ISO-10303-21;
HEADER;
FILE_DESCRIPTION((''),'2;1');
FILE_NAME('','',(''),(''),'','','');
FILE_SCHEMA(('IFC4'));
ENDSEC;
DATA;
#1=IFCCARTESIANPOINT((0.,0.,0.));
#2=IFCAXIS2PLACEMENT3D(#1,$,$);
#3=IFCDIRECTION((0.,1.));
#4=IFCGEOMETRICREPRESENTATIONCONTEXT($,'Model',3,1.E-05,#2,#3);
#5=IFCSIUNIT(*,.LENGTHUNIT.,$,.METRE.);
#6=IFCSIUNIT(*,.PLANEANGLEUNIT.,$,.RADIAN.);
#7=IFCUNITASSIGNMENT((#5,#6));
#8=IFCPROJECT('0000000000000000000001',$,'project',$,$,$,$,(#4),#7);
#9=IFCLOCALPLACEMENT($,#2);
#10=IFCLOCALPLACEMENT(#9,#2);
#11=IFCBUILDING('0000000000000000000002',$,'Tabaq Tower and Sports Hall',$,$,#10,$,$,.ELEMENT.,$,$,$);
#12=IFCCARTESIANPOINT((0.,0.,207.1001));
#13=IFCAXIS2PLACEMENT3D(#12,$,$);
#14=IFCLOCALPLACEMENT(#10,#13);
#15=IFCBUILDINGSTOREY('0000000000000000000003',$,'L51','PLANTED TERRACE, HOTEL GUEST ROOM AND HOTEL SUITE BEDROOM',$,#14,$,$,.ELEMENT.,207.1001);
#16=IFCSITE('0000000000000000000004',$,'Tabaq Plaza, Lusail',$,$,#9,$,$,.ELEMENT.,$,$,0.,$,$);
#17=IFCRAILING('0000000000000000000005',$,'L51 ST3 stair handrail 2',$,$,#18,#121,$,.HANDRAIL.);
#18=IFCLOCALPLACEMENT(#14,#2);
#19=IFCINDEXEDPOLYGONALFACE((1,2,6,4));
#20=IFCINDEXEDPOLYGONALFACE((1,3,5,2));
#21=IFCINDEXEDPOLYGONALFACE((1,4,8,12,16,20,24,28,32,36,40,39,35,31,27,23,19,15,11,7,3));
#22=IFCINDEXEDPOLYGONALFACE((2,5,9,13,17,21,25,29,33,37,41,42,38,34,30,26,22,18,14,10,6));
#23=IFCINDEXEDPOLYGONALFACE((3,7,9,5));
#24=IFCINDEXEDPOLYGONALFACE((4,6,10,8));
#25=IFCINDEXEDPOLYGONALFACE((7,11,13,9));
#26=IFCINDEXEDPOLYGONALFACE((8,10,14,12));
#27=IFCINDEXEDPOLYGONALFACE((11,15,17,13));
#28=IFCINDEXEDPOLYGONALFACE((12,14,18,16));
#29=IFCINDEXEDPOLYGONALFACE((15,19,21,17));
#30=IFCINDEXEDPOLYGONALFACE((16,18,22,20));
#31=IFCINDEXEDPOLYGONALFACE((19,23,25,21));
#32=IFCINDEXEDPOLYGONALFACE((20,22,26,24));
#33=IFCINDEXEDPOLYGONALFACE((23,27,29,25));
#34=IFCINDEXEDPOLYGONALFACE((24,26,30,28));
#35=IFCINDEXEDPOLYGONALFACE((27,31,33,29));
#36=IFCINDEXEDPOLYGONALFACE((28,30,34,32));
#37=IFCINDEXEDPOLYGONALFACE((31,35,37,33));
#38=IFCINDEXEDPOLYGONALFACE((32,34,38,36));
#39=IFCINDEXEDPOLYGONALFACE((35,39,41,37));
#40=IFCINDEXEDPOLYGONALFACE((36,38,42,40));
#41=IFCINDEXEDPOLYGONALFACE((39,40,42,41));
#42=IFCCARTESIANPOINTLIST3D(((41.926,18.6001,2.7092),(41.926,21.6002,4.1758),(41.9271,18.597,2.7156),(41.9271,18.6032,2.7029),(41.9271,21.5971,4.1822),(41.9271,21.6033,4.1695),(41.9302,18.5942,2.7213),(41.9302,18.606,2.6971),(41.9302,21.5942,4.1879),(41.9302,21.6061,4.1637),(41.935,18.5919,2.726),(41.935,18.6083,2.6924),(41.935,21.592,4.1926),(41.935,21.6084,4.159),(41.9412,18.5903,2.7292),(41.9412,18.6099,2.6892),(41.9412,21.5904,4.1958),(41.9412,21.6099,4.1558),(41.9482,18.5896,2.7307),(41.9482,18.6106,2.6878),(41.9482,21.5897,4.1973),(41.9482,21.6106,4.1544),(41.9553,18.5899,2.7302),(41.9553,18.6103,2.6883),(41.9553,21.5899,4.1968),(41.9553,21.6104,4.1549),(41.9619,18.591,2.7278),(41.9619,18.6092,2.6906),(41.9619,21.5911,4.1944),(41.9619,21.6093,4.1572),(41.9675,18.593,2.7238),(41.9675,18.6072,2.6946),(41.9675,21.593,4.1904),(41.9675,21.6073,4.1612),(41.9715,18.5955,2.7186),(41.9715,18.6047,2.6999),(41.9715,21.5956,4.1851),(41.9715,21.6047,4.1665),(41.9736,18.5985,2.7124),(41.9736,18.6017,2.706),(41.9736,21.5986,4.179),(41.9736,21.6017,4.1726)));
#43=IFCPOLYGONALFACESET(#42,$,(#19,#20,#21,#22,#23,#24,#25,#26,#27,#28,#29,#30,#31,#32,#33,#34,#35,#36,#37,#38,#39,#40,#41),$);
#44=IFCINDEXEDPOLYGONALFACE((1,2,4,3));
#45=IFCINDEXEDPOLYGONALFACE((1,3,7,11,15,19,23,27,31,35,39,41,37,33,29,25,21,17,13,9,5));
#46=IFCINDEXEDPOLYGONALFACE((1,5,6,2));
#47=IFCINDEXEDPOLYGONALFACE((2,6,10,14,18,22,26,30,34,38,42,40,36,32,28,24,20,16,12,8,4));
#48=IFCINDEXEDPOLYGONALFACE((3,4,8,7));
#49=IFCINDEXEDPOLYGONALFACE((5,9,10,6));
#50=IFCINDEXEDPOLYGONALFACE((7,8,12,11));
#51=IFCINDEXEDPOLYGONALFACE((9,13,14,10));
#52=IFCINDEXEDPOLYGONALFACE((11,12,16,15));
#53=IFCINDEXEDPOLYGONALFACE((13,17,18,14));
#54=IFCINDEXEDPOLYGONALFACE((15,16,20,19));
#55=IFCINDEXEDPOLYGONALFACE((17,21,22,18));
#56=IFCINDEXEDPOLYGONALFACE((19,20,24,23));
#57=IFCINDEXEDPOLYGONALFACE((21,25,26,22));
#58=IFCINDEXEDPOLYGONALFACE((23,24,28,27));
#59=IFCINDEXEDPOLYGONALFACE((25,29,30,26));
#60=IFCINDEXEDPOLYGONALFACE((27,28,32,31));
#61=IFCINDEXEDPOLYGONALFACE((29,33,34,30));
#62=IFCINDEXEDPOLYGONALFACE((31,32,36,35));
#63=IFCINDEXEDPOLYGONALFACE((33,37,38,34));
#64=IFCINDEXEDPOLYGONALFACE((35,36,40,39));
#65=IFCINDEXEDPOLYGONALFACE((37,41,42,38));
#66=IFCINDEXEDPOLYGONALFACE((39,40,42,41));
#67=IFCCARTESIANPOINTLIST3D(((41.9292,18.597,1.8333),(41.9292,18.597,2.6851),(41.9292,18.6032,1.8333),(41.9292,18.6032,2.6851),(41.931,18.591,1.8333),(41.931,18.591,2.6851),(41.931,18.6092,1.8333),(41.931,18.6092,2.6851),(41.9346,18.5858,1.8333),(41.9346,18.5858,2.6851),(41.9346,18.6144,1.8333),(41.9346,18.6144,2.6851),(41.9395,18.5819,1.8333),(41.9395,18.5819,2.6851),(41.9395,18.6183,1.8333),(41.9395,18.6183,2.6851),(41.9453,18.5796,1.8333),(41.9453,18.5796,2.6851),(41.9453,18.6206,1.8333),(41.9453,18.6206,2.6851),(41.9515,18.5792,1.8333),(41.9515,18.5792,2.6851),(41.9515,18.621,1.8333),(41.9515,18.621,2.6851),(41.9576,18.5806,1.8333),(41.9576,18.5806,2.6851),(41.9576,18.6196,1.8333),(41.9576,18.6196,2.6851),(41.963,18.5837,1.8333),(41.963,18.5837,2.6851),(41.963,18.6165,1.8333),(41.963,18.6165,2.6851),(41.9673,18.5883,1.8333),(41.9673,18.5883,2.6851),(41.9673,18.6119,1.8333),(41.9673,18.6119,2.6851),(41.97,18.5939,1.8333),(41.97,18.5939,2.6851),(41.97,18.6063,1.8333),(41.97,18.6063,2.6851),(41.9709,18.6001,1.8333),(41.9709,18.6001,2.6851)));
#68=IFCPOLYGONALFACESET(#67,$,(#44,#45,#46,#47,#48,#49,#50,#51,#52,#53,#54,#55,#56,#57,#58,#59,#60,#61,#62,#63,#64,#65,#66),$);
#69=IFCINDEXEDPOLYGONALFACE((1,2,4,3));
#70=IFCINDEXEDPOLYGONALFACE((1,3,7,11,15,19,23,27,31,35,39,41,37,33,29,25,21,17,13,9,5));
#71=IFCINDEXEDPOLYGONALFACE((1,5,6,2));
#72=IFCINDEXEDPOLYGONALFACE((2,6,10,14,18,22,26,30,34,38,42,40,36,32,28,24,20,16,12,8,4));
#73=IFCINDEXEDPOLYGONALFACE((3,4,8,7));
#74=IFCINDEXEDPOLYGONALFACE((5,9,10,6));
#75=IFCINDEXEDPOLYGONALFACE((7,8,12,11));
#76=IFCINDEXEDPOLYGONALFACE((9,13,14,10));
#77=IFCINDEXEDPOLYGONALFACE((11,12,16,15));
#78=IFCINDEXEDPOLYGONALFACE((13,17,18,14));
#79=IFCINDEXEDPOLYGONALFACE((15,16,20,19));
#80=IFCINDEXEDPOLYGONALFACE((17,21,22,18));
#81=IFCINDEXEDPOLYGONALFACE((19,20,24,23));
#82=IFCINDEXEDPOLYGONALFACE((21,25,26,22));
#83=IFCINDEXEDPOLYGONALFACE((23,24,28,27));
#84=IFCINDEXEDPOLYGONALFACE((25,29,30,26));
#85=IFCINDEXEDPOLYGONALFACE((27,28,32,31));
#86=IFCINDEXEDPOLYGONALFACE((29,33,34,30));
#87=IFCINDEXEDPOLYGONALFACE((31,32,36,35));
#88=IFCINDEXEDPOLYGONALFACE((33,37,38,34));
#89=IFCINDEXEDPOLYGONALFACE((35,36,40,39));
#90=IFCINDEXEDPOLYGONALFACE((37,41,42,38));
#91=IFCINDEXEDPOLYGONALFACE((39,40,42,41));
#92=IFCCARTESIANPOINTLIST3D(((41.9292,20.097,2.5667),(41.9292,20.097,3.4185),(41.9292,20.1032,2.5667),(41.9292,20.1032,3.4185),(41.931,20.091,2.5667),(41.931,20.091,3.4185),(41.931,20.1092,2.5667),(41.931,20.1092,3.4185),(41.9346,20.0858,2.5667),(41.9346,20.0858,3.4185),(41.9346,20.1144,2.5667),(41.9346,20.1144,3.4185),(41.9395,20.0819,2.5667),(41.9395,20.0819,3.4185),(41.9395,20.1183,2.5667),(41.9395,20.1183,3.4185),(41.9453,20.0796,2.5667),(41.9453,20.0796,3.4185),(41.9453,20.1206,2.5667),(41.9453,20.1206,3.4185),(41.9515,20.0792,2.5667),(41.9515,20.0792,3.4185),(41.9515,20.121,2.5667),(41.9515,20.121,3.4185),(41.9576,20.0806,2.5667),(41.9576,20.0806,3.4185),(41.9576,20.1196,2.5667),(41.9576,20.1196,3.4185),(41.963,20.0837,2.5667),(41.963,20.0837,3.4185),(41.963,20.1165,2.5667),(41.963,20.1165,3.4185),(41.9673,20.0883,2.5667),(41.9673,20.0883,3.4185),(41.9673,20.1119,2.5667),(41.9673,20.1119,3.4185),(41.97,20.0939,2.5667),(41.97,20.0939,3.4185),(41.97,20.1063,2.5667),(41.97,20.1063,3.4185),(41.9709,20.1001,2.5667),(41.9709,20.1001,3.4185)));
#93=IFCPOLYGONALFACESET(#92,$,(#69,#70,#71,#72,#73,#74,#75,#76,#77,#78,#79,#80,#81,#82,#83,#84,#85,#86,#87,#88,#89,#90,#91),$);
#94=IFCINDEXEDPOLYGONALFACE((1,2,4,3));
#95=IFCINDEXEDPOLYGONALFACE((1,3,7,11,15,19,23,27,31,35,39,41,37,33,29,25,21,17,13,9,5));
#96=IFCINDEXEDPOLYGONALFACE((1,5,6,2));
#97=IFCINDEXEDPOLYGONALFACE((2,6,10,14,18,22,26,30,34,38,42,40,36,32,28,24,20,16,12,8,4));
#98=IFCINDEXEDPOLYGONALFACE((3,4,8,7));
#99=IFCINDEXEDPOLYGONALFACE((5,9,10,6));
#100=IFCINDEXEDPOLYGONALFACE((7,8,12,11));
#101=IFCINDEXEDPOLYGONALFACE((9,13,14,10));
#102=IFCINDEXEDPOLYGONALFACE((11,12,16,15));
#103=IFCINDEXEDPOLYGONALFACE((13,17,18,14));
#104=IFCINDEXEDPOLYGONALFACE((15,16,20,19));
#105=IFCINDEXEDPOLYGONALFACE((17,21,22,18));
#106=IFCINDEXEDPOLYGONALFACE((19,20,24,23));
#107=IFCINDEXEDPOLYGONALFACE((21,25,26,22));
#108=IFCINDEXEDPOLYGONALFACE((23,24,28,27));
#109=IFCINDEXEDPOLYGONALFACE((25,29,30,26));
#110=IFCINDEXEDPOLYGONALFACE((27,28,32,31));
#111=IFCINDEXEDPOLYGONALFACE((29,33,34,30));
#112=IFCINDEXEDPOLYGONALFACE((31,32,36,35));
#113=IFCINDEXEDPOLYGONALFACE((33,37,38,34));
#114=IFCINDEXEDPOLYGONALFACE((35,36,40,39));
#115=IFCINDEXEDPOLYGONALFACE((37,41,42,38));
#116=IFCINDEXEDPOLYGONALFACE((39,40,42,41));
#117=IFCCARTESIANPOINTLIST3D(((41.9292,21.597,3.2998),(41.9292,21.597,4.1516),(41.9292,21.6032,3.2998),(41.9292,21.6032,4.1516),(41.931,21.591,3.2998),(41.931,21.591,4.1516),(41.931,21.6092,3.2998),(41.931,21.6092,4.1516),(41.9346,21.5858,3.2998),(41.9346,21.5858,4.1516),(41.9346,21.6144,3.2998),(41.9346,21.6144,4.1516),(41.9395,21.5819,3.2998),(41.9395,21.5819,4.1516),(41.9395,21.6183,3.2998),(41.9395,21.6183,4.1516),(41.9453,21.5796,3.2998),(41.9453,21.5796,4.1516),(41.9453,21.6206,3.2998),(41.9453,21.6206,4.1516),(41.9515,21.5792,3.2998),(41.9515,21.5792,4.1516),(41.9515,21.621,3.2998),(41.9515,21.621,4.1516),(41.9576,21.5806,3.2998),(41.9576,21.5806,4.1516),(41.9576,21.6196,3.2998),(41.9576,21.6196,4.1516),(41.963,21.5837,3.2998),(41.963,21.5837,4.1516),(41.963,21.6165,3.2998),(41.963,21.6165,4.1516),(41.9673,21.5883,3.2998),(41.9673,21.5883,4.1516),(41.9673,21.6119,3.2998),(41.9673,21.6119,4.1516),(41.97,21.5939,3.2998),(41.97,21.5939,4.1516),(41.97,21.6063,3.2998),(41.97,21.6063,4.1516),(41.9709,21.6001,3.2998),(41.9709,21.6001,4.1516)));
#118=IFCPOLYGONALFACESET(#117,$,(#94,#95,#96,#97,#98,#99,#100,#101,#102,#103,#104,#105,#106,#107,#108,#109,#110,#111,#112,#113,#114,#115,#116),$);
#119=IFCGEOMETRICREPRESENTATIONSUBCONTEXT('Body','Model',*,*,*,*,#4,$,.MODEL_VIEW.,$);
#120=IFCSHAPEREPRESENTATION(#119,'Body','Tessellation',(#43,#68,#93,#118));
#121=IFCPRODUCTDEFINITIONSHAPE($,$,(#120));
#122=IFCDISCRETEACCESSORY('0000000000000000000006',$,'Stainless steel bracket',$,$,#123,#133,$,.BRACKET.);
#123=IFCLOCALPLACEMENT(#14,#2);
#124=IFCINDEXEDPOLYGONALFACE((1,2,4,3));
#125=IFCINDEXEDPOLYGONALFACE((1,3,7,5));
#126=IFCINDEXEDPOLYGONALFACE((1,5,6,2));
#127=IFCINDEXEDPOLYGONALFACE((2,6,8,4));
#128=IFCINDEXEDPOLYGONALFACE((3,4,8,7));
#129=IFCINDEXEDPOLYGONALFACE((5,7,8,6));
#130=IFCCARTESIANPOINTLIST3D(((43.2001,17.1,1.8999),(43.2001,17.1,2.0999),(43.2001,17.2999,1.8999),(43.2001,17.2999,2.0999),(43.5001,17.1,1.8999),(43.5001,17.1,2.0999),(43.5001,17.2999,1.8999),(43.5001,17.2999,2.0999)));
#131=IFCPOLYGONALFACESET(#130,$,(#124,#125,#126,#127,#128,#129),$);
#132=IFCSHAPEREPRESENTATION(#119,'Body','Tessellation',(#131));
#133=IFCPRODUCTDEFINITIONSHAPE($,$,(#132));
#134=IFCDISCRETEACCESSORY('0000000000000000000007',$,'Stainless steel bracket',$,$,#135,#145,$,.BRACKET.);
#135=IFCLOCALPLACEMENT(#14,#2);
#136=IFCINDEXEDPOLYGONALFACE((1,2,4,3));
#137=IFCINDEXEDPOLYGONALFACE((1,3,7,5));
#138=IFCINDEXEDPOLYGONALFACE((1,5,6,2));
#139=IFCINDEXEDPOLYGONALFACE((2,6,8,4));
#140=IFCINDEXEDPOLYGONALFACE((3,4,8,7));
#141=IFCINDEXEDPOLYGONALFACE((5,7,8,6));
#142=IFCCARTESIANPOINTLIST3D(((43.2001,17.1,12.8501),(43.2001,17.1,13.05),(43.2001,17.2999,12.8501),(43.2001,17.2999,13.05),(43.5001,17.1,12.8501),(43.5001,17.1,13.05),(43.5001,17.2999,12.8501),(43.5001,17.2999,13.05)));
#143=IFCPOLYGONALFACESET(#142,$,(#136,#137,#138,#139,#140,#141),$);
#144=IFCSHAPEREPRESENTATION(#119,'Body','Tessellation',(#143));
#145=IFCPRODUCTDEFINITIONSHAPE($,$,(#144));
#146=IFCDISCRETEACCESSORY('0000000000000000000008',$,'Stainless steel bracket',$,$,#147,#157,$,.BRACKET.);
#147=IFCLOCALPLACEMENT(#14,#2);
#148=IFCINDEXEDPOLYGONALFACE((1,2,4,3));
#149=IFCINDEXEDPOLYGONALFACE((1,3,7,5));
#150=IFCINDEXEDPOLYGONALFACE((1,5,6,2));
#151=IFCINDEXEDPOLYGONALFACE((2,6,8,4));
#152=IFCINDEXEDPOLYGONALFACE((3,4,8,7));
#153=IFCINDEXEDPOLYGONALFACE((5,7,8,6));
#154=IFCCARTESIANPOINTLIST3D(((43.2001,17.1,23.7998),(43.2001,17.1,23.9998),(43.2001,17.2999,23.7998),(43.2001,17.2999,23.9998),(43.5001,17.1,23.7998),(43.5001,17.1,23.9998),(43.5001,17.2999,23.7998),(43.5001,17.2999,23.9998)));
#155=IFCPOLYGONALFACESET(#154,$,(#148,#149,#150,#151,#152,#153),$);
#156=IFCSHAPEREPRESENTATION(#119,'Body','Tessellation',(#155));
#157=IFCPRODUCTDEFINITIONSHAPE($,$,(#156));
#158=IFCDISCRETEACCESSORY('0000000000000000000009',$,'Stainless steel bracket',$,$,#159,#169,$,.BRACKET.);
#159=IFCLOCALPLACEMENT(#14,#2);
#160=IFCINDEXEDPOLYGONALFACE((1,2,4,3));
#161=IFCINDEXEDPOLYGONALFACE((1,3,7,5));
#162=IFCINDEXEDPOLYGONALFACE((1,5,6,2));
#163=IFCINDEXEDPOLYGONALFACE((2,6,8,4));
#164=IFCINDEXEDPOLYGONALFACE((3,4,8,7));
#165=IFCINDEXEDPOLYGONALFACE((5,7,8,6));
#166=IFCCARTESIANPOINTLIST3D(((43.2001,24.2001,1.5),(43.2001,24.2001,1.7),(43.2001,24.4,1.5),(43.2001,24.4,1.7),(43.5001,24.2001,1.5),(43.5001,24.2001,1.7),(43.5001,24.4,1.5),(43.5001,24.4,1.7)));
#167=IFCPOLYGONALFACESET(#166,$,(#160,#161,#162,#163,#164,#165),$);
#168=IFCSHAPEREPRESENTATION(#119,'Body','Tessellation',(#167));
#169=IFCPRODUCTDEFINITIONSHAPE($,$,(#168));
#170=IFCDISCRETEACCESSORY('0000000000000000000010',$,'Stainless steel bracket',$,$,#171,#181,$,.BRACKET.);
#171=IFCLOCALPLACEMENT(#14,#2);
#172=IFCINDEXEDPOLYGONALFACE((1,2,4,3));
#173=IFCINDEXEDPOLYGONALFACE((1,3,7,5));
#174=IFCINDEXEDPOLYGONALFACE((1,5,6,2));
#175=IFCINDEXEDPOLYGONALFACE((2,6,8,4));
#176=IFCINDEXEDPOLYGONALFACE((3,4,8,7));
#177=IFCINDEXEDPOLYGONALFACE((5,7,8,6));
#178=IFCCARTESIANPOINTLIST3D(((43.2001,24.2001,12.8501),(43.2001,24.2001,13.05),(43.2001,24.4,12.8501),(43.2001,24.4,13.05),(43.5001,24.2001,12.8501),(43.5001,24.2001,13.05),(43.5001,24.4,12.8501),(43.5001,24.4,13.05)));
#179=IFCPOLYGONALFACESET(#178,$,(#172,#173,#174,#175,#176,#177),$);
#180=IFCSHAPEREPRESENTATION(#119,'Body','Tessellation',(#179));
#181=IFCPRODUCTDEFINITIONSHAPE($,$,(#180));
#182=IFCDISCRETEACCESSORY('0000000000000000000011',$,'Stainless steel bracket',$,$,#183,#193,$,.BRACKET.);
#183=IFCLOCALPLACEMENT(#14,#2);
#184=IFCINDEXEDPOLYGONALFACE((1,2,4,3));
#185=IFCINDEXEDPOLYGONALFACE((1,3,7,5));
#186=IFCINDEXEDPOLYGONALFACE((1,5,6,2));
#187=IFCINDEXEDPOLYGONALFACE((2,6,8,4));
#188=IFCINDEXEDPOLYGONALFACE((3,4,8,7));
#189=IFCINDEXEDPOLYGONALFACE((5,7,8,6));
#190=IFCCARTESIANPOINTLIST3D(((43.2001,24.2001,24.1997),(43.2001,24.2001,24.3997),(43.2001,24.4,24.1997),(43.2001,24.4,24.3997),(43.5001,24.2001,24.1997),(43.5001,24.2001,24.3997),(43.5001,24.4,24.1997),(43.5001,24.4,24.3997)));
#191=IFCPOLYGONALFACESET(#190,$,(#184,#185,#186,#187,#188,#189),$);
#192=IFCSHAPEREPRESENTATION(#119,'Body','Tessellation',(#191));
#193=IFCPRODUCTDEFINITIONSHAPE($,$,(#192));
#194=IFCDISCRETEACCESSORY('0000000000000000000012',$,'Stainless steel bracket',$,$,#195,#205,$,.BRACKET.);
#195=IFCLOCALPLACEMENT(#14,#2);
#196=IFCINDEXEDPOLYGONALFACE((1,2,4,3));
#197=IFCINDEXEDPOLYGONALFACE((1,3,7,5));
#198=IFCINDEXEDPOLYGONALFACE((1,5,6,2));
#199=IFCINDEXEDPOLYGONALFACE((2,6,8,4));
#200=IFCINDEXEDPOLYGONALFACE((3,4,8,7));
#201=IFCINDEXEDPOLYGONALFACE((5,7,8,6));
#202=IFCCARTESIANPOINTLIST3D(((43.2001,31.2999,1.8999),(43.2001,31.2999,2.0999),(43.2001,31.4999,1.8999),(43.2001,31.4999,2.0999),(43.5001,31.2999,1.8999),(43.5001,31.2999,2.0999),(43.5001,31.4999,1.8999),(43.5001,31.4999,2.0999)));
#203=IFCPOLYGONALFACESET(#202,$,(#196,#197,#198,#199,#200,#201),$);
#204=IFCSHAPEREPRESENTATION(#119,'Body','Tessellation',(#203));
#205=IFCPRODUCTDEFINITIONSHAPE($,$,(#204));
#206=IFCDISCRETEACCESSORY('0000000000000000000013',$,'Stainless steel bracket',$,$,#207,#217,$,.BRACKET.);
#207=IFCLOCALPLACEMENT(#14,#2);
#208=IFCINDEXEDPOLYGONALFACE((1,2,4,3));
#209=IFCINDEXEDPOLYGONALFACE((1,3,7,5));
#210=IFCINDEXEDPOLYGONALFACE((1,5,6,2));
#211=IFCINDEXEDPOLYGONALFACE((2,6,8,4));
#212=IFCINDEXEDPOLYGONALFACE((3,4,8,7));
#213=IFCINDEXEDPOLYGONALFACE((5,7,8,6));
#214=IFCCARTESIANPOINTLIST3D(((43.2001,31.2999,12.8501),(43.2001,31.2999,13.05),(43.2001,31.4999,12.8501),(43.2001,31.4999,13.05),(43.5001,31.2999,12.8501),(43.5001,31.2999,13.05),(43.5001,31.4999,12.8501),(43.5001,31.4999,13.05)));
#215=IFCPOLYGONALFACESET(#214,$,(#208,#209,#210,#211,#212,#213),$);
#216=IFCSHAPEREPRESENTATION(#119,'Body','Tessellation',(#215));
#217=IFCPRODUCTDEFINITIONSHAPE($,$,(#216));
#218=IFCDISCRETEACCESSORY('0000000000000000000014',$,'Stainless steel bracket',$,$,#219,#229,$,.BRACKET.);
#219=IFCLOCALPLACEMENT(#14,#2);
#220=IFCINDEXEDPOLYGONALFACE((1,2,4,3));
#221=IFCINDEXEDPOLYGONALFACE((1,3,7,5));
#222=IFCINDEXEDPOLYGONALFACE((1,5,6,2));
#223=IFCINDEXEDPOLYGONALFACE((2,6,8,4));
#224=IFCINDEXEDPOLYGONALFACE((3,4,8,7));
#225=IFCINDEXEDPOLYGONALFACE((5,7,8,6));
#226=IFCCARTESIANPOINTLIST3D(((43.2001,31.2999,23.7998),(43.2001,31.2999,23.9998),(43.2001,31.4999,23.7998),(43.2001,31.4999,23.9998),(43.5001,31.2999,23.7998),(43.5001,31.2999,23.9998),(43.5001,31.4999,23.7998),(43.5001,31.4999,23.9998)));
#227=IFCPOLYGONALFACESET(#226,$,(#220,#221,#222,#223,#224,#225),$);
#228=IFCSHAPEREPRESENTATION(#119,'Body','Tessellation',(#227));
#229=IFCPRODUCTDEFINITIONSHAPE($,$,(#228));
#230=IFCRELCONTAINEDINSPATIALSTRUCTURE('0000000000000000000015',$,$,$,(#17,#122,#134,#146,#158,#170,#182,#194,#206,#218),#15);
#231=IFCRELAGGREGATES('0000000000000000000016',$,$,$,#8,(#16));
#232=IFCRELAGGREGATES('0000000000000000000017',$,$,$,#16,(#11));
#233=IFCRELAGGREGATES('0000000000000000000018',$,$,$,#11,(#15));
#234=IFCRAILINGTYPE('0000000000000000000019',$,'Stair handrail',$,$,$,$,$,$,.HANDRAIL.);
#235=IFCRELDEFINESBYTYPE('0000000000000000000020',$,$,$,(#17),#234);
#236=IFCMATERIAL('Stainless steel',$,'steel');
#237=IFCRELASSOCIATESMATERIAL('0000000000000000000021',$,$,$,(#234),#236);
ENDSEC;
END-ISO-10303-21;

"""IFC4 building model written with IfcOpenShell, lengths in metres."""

from ifc_helpers import new_model, si_unit, direction, frame, origin, origin_2d, place, context, subcontext, project, spatial, rectangle, circle, extrude, material, type_object, element, save


model = new_model("IFC4")

# Units and contexts
model_context = context("Model", 3, precision=1e-05, world=origin(), true_north=direction((0.0, 1.0)))
body_context = subcontext(model_context, "Body", "Model", "MODEL_VIEW")
ifc_project = project(units=[si_unit("LENGTHUNIT", "METRE"), si_unit("PLANEANGLEUNIT", "RADIAN")], contexts=[model_context])

# Site, building, storey
site_placement = place(None, origin())
site = spatial("IfcSite", under=ifc_project, at=site_placement, Name="Tabaq Plaza, Lusail", CompositionType="ELEMENT", RefElevation=0.0)
building_placement = place(site_placement, origin())
building = spatial("IfcBuilding", under=site, at=building_placement, Name="Tabaq Tower and Sports Hall", CompositionType="ELEMENT")
storey_placement = place(building_placement, frame((0.0, 0.0, 207.1001)))
storey = spatial("IfcBuildingStorey", under=building, at=storey_placement, Name="L51", Description="PLANTED TERRACE, HOTEL GUEST ROOM AND HOTEL SUITE BEDROOM", CompositionType="ELEMENT", Elevation=207.1001)

# Railing
ifc_material_1 = material(Name="Stainless steel", Category="steel")
railing_type_1 = type_object("IfcRailingType", Name="Stair handrail", PredefinedType="HANDRAIL", material=ifc_material_1)
railing_1_placement = place(storey_placement, frame((41.95, 18.6001, 1.8333)))
element("IfcRailing", 1, at=railing_1_placement, inside=storey, type_object=railing_type_1, Name="L51 ST3 stair handrail 2", PredefinedType="HANDRAIL", context=body_context, shape_type="SweptSolid", body=[
    extrude(circle(Radius=0.0239, at=origin_2d()), frame((0.0, 0.0, 0.876), z_axis=(0.0, 0.898398, 0.439183), x_axis=(-1.0, 0.0, 0.0)), (0.0, 0.0, 1.0), 3.3394),
    extrude(circle(Radius=0.021, at=origin_2d()), origin(), (0.0, 0.0, 1.0), 0.8518),
    extrude(circle(Radius=0.021, at=origin_2d()), frame((0.0, 1.5, 0.7334)), (0.0, 0.0, 1.0), 0.8518),
    extrude(circle(Radius=0.021, at=origin_2d()), frame((0.0, 3.0, 1.4666)), (0.0, 0.0, 1.0), 0.8518),
])

# Discrete accessories
for number, where, z_axis, x_axis, name in (
    (2, (43.3501, 17.2, 1.8999), (0.0, 0.0, 1.0), (0.0, 1.0, 0.0), "Stainless steel bracket"),
    (3, (43.3501, 17.2, 12.8501), (0.0, 0.0, 1.0), (0.0, 1.0, 0.0), "Stainless steel bracket"),
    (4, (43.3501, 17.2, 23.7998), (0.0, 0.0, 1.0), (0.0, 1.0, 0.0), "Stainless steel bracket"),
    (5, (43.3501, 24.3, 1.5), (0.0, 0.0, 1.0), (0.0, 1.0, 0.0), "Stainless steel bracket"),
    (6, (43.3501, 24.3, 12.8501), (0.0, 0.0, 1.0), (0.0, 1.0, 0.0), "Stainless steel bracket"),
    (7, (43.3501, 24.3, 24.1997), (0.0, 0.0, 1.0), (0.0, 1.0, 0.0), "Stainless steel bracket"),
    (8, (43.3501, 31.3999, 1.8999), (0.0, 0.0, 1.0), (0.0, 1.0, 0.0), "Stainless steel bracket"),
    (9, (43.3501, 31.3999, 12.8501), (0.0, 0.0, 1.0), (0.0, 1.0, 0.0), "Stainless steel bracket"),
    (10, (43.3501, 31.3999, 23.7998), (0.0, 0.0, 1.0), (0.0, 1.0, 0.0), "Stainless steel bracket"),
):
    element("IfcDiscreteAccessory", number, at=place(storey_placement, frame(where, z_axis=z_axis, x_axis=x_axis)), inside=storey, Name=name, PredefinedType="BRACKET", context=body_context, shape_type="SweptSolid", body=[
        extrude(rectangle(XDim=0.2, YDim=0.3, at=origin_2d()), origin(), (0.0, 0.0, 1.0), 0.2),
    ])

save(model, "model.ifc")
